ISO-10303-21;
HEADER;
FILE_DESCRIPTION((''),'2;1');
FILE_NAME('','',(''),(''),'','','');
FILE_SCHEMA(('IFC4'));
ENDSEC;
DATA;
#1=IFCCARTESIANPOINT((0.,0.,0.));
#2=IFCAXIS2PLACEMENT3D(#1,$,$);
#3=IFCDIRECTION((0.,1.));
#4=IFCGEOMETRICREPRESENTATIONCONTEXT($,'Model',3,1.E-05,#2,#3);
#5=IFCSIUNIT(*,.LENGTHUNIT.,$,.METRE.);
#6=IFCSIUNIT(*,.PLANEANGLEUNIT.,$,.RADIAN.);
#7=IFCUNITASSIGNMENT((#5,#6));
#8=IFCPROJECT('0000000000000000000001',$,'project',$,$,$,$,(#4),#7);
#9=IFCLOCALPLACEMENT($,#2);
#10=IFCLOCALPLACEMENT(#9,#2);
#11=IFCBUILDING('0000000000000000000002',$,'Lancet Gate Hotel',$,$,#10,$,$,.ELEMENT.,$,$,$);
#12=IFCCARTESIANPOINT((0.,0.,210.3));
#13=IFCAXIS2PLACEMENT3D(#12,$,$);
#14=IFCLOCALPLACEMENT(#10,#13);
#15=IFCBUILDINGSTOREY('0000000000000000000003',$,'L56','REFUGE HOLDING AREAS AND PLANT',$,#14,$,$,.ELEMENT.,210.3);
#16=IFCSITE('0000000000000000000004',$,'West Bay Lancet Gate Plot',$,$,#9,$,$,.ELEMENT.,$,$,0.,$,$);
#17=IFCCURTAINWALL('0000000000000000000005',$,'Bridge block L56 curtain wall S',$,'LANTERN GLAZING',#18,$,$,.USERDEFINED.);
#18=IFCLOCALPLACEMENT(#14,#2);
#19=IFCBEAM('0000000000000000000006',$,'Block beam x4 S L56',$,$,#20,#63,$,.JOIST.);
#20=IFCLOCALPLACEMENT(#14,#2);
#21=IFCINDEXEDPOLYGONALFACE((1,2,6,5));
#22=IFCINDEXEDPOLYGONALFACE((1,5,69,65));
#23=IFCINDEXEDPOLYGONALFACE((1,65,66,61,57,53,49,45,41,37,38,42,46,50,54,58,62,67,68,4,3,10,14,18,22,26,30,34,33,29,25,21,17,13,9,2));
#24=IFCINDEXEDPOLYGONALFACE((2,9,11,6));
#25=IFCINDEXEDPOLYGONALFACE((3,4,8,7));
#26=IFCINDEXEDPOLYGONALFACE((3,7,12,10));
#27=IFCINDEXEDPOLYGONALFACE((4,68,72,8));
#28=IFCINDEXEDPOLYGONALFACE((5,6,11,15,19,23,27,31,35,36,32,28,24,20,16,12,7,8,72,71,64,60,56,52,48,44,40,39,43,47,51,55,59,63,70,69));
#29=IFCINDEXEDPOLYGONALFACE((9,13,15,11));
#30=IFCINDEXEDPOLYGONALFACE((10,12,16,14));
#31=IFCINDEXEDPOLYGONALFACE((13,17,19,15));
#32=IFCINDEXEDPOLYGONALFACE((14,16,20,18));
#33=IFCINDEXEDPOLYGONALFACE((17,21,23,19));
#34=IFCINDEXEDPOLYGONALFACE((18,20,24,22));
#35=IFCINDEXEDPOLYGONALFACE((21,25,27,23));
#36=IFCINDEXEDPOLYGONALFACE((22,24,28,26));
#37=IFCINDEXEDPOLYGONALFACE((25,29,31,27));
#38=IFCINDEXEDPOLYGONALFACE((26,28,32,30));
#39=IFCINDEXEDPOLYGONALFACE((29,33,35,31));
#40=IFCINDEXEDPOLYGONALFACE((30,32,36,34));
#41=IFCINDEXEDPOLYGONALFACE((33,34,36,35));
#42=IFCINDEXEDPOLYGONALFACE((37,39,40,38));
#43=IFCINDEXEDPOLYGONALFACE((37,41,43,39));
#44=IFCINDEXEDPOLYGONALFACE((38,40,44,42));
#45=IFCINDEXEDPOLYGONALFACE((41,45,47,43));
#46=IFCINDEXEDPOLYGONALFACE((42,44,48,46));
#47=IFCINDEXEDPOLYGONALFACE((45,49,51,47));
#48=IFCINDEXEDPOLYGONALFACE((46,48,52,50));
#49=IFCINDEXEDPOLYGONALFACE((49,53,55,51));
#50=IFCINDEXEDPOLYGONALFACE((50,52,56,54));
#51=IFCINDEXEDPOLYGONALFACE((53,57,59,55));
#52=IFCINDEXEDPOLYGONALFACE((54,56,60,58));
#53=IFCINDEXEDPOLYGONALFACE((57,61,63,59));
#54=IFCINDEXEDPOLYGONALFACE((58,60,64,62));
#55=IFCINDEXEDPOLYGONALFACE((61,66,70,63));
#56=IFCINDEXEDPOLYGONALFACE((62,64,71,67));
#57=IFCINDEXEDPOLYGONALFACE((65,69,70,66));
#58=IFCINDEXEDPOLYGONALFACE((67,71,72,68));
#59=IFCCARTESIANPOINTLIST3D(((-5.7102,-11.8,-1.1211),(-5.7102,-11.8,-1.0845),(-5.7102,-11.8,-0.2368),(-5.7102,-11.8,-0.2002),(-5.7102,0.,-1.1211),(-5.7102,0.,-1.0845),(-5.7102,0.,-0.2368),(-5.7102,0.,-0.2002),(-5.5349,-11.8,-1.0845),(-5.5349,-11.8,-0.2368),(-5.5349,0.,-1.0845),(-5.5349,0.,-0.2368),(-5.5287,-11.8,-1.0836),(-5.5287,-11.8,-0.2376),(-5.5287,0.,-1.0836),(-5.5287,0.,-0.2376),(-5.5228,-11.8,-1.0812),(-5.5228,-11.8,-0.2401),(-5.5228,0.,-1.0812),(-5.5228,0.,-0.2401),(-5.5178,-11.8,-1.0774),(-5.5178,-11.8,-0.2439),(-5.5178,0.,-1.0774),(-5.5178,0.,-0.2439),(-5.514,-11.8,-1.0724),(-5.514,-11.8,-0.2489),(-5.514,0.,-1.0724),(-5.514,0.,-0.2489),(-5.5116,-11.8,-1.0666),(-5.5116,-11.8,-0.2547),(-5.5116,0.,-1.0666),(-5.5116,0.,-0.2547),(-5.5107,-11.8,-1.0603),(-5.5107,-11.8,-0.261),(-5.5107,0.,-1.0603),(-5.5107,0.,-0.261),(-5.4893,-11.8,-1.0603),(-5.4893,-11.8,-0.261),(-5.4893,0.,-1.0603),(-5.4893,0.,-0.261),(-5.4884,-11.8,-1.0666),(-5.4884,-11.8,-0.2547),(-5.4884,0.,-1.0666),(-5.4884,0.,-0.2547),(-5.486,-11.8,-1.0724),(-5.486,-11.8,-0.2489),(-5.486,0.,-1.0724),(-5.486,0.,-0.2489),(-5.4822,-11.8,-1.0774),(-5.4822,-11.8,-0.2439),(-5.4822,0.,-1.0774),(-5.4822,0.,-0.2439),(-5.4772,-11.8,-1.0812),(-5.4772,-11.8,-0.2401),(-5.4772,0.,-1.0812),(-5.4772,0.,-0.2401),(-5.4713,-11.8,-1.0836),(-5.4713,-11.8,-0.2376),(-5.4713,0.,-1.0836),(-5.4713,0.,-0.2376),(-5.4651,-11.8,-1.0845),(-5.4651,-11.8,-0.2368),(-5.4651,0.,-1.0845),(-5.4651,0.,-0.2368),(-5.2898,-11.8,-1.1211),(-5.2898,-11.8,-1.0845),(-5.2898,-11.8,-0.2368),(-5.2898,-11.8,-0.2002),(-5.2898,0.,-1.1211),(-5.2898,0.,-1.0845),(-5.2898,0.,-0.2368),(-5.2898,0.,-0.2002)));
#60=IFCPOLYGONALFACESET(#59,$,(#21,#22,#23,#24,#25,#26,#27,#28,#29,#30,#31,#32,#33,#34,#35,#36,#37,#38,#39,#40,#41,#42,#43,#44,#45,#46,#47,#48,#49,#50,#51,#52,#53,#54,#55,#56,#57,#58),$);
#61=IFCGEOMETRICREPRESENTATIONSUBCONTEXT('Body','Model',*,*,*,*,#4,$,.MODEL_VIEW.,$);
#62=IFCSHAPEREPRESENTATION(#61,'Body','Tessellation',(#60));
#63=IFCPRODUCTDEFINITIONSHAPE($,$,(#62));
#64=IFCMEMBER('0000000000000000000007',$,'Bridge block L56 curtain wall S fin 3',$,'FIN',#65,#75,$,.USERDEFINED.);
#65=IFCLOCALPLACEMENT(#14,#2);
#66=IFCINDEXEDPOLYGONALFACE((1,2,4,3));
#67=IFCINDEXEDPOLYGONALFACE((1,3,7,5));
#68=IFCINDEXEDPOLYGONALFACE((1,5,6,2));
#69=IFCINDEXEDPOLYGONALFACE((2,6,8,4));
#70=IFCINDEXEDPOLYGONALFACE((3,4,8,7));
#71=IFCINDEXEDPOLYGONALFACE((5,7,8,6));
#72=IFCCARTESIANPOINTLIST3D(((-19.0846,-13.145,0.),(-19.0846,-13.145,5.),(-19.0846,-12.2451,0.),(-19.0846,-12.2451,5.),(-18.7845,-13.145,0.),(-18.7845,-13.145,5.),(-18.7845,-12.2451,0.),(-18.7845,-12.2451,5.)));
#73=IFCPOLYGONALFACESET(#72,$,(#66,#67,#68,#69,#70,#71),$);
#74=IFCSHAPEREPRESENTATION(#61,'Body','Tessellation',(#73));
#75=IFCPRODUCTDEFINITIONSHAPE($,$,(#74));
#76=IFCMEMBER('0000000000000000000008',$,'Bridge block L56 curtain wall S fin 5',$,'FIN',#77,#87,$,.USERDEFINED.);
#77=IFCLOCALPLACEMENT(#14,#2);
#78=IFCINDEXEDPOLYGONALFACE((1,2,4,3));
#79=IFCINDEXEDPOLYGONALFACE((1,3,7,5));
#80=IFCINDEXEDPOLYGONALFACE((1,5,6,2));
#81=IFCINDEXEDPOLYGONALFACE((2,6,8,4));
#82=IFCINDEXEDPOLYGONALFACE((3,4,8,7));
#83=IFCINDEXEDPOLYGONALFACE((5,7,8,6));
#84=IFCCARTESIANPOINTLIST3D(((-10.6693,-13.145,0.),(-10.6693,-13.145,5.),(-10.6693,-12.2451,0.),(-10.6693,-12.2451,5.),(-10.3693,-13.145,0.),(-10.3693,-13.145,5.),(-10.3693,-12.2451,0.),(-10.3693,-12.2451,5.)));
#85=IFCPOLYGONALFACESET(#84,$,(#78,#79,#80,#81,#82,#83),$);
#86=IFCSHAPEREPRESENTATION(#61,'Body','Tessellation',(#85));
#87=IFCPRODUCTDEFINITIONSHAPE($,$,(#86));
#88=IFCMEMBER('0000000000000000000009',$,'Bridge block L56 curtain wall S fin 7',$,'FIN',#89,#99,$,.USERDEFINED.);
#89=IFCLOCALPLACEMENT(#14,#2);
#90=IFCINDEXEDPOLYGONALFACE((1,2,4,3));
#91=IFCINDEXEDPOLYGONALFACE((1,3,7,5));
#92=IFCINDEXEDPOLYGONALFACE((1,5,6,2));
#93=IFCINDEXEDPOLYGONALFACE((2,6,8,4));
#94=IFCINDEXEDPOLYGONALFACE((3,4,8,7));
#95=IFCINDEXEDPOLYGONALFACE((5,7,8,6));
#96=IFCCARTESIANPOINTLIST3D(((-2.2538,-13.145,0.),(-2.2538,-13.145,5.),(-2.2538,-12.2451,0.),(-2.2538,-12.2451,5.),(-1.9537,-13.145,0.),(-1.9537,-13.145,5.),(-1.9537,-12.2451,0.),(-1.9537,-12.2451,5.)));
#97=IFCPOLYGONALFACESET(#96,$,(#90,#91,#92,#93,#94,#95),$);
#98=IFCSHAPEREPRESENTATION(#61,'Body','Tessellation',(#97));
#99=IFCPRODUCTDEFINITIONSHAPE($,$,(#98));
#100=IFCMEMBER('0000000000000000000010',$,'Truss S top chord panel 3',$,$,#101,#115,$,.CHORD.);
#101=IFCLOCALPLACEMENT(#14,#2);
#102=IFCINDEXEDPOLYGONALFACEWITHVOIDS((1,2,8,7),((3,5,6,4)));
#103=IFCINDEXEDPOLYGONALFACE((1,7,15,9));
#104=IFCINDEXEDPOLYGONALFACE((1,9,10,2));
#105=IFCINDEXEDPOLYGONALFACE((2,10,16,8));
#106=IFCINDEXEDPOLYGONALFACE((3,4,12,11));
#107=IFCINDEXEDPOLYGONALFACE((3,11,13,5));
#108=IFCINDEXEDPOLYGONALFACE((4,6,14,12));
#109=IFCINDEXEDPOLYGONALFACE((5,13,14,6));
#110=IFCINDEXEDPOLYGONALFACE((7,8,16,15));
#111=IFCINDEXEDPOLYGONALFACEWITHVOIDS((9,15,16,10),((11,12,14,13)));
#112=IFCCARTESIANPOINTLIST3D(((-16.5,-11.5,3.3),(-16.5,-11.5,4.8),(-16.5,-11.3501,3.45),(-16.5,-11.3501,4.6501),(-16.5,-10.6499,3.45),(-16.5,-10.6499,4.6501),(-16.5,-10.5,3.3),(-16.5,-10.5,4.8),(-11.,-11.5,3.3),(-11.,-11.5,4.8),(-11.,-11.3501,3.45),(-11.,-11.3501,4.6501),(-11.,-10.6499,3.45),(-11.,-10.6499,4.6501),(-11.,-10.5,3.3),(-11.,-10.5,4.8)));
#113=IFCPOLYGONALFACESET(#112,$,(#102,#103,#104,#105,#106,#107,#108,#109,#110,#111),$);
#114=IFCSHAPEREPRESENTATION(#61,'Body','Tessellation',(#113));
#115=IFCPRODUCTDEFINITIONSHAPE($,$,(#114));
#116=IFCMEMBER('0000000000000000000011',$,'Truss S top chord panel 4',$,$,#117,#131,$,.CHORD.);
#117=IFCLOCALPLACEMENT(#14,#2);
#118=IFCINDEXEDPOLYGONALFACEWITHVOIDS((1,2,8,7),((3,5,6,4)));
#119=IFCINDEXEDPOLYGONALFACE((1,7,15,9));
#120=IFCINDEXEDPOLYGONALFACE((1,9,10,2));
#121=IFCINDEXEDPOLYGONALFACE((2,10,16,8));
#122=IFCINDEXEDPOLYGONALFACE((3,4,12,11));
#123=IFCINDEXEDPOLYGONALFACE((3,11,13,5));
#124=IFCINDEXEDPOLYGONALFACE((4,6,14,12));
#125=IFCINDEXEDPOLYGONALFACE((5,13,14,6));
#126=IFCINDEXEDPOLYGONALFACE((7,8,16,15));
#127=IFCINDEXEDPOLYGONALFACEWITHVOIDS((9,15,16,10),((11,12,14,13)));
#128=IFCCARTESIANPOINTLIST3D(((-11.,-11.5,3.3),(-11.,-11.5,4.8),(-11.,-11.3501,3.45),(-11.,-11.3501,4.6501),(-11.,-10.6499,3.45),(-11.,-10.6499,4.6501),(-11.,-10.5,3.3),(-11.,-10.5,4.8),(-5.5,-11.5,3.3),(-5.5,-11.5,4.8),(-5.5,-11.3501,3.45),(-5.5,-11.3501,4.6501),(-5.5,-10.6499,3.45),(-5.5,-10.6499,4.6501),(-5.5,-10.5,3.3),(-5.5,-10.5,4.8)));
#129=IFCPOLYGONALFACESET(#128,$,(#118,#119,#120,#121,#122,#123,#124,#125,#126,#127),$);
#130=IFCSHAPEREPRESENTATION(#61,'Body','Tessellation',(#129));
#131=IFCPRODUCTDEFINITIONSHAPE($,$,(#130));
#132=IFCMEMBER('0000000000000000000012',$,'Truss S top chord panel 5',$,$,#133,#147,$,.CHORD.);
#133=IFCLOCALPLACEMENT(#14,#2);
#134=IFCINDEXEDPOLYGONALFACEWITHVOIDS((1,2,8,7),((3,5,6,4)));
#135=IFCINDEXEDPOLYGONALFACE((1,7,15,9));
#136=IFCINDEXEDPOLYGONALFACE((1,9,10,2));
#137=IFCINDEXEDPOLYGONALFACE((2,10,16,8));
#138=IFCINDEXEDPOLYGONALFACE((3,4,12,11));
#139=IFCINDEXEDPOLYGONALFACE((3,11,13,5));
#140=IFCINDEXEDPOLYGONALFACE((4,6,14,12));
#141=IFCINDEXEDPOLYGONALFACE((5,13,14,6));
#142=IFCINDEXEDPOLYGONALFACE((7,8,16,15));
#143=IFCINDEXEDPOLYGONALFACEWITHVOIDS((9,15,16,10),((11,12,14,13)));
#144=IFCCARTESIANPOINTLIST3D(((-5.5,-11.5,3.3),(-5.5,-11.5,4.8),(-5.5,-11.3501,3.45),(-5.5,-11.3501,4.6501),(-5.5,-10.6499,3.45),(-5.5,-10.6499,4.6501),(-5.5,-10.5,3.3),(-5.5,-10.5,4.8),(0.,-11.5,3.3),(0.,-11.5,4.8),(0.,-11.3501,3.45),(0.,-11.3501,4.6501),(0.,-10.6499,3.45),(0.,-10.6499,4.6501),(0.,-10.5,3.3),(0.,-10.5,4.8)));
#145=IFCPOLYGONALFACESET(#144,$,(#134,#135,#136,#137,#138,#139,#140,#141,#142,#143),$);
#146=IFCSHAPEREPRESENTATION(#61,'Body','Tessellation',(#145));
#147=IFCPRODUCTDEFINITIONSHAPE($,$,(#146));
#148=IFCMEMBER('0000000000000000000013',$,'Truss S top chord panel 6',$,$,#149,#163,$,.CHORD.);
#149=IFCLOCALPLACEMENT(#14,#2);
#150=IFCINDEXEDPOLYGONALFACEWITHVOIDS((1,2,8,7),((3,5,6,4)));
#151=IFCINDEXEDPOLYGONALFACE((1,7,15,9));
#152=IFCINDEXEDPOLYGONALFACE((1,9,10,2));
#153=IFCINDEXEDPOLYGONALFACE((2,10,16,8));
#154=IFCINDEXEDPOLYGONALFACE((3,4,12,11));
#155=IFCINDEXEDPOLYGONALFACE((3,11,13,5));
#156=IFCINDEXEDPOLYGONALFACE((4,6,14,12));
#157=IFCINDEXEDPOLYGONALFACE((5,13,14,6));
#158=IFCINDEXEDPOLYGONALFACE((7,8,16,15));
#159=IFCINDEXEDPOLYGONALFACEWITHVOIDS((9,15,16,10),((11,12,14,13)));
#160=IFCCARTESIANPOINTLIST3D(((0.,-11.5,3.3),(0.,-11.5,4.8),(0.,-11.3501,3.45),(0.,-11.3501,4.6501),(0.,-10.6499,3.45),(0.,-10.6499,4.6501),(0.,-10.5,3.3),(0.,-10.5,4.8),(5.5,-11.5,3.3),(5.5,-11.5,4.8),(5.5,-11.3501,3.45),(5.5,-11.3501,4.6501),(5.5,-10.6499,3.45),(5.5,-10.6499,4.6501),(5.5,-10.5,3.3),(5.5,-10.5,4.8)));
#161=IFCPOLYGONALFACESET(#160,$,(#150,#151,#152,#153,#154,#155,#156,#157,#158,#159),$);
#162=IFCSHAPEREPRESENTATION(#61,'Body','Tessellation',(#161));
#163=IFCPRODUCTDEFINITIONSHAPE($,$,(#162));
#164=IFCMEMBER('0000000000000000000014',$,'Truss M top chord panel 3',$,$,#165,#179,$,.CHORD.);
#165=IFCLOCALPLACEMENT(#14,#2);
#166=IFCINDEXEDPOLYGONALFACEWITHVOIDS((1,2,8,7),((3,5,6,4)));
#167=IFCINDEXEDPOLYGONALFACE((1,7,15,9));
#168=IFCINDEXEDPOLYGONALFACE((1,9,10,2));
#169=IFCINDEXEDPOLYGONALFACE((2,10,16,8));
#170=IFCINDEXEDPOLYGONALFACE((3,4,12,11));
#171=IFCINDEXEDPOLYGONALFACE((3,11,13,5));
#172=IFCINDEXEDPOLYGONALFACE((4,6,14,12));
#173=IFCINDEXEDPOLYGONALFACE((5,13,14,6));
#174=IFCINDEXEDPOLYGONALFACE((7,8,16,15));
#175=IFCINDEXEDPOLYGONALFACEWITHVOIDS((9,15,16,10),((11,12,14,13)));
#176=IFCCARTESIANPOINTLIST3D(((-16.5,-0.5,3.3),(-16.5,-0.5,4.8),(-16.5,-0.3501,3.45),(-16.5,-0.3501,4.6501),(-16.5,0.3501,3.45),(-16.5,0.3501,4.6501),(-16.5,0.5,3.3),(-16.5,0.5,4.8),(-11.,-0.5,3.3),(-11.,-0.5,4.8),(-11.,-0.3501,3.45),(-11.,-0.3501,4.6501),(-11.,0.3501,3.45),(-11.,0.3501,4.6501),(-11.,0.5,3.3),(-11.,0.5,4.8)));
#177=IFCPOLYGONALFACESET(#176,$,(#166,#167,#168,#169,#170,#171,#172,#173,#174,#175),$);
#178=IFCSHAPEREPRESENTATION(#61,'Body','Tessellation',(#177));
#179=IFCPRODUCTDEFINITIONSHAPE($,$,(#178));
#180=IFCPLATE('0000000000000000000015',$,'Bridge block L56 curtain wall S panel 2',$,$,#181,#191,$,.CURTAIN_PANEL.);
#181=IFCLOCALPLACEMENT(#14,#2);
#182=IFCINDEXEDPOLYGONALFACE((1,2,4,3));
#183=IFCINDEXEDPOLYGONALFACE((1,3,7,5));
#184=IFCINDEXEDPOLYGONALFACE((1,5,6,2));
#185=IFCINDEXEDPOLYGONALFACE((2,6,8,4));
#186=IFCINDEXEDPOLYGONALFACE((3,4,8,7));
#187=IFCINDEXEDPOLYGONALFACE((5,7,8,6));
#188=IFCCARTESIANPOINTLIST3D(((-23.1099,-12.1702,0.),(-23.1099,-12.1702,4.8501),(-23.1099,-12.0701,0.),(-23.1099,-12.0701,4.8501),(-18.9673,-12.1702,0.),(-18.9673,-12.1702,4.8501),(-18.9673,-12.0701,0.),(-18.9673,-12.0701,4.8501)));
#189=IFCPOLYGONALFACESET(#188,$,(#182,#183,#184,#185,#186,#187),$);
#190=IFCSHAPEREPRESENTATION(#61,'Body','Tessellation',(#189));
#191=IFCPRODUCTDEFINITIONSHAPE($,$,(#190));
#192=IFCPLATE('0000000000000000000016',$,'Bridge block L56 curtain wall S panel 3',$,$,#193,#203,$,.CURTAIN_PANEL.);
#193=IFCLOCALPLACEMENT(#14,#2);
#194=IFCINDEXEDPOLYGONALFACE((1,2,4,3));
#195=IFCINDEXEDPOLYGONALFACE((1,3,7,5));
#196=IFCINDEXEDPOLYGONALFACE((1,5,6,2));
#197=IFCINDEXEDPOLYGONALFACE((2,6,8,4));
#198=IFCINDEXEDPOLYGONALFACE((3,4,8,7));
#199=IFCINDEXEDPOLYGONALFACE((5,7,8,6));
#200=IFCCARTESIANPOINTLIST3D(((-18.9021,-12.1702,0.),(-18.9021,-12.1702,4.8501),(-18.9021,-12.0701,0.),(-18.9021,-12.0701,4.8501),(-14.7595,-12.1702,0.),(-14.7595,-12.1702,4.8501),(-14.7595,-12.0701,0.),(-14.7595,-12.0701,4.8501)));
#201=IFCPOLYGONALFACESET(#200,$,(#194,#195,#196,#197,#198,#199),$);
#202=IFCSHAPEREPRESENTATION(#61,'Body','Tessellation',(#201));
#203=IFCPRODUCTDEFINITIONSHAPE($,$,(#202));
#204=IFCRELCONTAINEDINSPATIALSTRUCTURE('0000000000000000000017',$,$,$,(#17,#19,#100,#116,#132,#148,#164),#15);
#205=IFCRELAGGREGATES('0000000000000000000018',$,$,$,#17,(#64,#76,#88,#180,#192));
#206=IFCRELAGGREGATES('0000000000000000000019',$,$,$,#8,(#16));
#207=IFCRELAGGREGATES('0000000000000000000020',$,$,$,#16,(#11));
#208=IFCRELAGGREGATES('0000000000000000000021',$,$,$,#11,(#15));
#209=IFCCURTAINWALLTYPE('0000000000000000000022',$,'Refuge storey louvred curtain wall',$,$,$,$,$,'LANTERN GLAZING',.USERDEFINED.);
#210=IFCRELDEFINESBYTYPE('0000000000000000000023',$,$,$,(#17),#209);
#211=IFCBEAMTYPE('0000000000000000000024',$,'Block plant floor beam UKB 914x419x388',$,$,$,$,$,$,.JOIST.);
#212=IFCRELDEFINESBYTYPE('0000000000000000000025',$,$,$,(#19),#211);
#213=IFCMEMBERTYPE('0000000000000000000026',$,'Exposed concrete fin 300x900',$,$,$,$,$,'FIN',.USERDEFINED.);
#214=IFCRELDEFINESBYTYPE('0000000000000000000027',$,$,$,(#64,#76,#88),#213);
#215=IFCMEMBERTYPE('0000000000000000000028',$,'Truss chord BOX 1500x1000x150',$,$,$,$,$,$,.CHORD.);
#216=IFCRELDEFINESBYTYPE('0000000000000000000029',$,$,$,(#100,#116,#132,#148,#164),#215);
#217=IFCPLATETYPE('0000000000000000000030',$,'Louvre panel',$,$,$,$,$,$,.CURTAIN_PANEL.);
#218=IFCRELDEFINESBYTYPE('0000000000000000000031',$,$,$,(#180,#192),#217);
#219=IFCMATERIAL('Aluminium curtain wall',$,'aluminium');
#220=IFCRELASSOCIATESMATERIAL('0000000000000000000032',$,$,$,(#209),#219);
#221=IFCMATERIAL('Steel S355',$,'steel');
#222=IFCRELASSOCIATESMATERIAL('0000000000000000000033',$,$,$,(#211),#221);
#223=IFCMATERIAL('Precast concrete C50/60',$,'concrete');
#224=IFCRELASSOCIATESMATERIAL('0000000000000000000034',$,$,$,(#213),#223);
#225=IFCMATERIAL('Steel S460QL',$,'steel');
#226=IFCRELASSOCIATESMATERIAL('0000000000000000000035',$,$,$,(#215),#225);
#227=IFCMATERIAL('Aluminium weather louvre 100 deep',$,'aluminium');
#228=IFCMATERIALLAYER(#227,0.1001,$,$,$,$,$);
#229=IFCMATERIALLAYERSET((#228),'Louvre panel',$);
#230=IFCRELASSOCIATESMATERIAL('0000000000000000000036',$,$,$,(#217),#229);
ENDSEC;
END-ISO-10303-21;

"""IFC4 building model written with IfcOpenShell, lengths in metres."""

from ifc_helpers import new_model, si_unit, direction, frame, origin, origin_2d, place, context, subcontext, project, spatial, rectangle, hollow_rectangle, i_section, extrude, material, layer, layer_set, material_profile, profile_set, type_object, element, aggregate, save


model = new_model("IFC4")

# Units and contexts
model_context = context("Model", 3, precision=1e-05, world=origin(), true_north=direction((0.0, 1.0)))
body_context = subcontext(model_context, "Body", "Model", "MODEL_VIEW")
ifc_project = project(units=[si_unit("LENGTHUNIT", "METRE"), si_unit("PLANEANGLEUNIT", "RADIAN")], contexts=[model_context])

# Site, building, storey
site_placement = place(None, origin())
site = spatial("IfcSite", under=ifc_project, at=site_placement, Name="West Bay Lancet Gate Plot", CompositionType="ELEMENT", RefElevation=0.0)
building_placement = place(site_placement, origin())
building = spatial("IfcBuilding", under=site, at=building_placement, Name="Lancet Gate Hotel", CompositionType="ELEMENT")
storey_placement = place(building_placement, frame((0.0, 0.0, 210.3)))
storey = spatial("IfcBuildingStorey", under=building, at=storey_placement, Name="L56", Description="REFUGE HOLDING AREAS AND PLANT", CompositionType="ELEMENT", Elevation=210.3)

# Curtain wall
ifc_material_1 = material(Name="Aluminium curtain wall", Category="aluminium")
curtain_wall_type = type_object("IfcCurtainWallType", Name="Refuge storey louvred curtain wall", ElementType="LANTERN GLAZING", PredefinedType="USERDEFINED", material=ifc_material_1)
curtain_wall_placement = place(storey_placement, origin())
curtain_wall = element("IfcCurtainWall", 1, at=curtain_wall_placement, inside=storey, type_object=curtain_wall_type, Name="Bridge block L56 curtain wall S", ObjectType="LANTERN GLAZING", PredefinedType="USERDEFINED")

# Beam
ifc_material_2 = material(Name="Steel S355", Category="steel")
ifc_material_profile_1 = material_profile(ifc_material_2, i_section(OverallWidth=0.4204, OverallDepth=0.9209, WebThickness=0.0215, FlangeThickness=0.0366, FilletRadius=0.0242, at=origin_2d()), Name="UKB 914x419x388")
ifc_profile_set_1 = profile_set([ifc_material_profile_1], Name="Steel S355")
beam_type_1 = type_object("IfcBeamType", Name="Block plant floor beam UKB 914x419x388", PredefinedType="JOIST", material=ifc_profile_set_1)
for number, where, z_axis, x_axis, name in (
    (2, (-5.5, -11.8, -0.6606), (0.0, 1.0, 0.0), (-1.0, 0.0, 0.0), "Block beam x4 S L56"),
):
    element("IfcBeam", number, at=place(storey_placement, frame(where, z_axis=z_axis, x_axis=x_axis)), inside=storey, type_object=beam_type_1, Name=name, PredefinedType="JOIST", context=body_context, shape_type="SweptSolid", body=[
        extrude(i_section(OverallWidth=0.4204, OverallDepth=0.9209, WebThickness=0.0215, FlangeThickness=0.0366, FilletRadius=0.0242, at=origin_2d()), origin(), (0.0, 0.0, 1.0), 11.8),
    ])

# Members
ifc_material_3 = material(Name="Precast concrete C50/60", Category="concrete")
ifc_material_profile_2 = material_profile(ifc_material_3, rectangle(XDim=0.3, YDim=0.8999, at=origin_2d()), Name="FIN 300x900")
ifc_profile_set_2 = profile_set([ifc_material_profile_2], Name="Precast concrete C50/60")
member_type_1 = type_object("IfcMemberType", Name="Exposed concrete fin 300x900", ElementType="FIN", PredefinedType="USERDEFINED", material=ifc_profile_set_2)
member_1_placement = place(storey_placement, frame((-18.9346, -12.6951, 0.0), z_axis=(0.0, 0.0, 1.0), x_axis=(1.0, 0.0, 0.0)))
member_1 = element("IfcMember", 3, at=member_1_placement, type_object=member_type_1, Name="Bridge block L56 curtain wall S fin 3", ObjectType="FIN", PredefinedType="USERDEFINED", context=body_context, shape_type="SweptSolid", body=[
    extrude(rectangle(XDim=0.3, YDim=0.8999, at=origin_2d()), origin(), (0.0, 0.0, 1.0), 5.0),
])
member_2_placement = place(storey_placement, frame((-10.5193, -12.6951, 0.0), z_axis=(0.0, 0.0, 1.0), x_axis=(1.0, 0.0, 0.0)))
member_2 = element("IfcMember", 4, at=member_2_placement, type_object=member_type_1, Name="Bridge block L56 curtain wall S fin 5", ObjectType="FIN", PredefinedType="USERDEFINED", context=body_context, shape_type="SweptSolid", body=[
    extrude(rectangle(XDim=0.3, YDim=0.8999, at=origin_2d()), origin(), (0.0, 0.0, 1.0), 5.0),
])
member_3_placement = place(storey_placement, frame((-2.1038, -12.6951, 0.0), z_axis=(0.0, 0.0, 1.0), x_axis=(1.0, 0.0, 0.0)))
member_3 = element("IfcMember", 5, at=member_3_placement, type_object=member_type_1, Name="Bridge block L56 curtain wall S fin 7", ObjectType="FIN", PredefinedType="USERDEFINED", context=body_context, shape_type="SweptSolid", body=[
    extrude(rectangle(XDim=0.3, YDim=0.8999, at=origin_2d()), origin(), (0.0, 0.0, 1.0), 5.0),
])

# Members
ifc_material_4 = material(Name="Steel S460QL", Category="steel")
ifc_material_profile_3 = material_profile(ifc_material_4, hollow_rectangle(XDim=1.0, YDim=1.5, WallThickness=0.1499, at=origin_2d()), Name="BOX 1500x1000x150")
ifc_profile_set_3 = profile_set([ifc_material_profile_3], Name="Steel S460QL")
member_type_2 = type_object("IfcMemberType", Name="Truss chord BOX 1500x1000x150", PredefinedType="CHORD", material=ifc_profile_set_3)
for number, where, z_axis, x_axis, name in (
    (6, (-16.5, -11.0, 4.05), (1.0, 0.0, 0.0), (0.0, 1.0, 0.0), "Truss S top chord panel 3"),
    (7, (-11.0, -11.0, 4.05), (1.0, 0.0, 0.0), (0.0, 1.0, 0.0), "Truss S top chord panel 4"),
    (8, (-5.5, -11.0, 4.05), (1.0, 0.0, 0.0), (0.0, 1.0, 0.0), "Truss S top chord panel 5"),
    (9, (0.0, -11.0, 4.05), (1.0, 0.0, 0.0), (0.0, 1.0, 0.0), "Truss S top chord panel 6"),
    (10, (-16.5, 0.0, 4.05), (1.0, 0.0, 0.0), (0.0, 1.0, 0.0), "Truss M top chord panel 3"),
):
    element("IfcMember", number, at=place(storey_placement, frame(where, z_axis=z_axis, x_axis=x_axis)), inside=storey, type_object=member_type_2, Name=name, PredefinedType="CHORD", context=body_context, shape_type="SweptSolid", body=[
        extrude(hollow_rectangle(XDim=1.0, YDim=1.5, WallThickness=0.1499, at=origin_2d()), origin(), (0.0, 0.0, 1.0), 5.5),
    ])

# Plates
ifc_material_5 = material(Name="Aluminium weather louvre 100 deep", Category="aluminium")
ifc_layer = layer(ifc_material_5, 0.1001)
ifc_layer_set = layer_set([ifc_layer], Name="Louvre panel")
plate_type = type_object("IfcPlateType", Name="Louvre panel", PredefinedType="CURTAIN_PANEL", material=ifc_layer_set)
plate_1_placement = place(storey_placement, frame((-21.0386, -12.1201, 0.0), z_axis=(0.0, 0.0, 1.0), x_axis=(1.0, 0.0, 0.0)))
plate_1 = element("IfcPlate", 11, at=plate_1_placement, type_object=plate_type, Name="Bridge block L56 curtain wall S panel 2", PredefinedType="CURTAIN_PANEL", context=body_context, shape_type="SweptSolid", body=[
    extrude(rectangle(XDim=4.1426, YDim=0.1001, at=origin_2d()), origin(), (0.0, 0.0, 1.0), 4.8501),
])
plate_2_placement = place(storey_placement, frame((-16.8308, -12.1201, 0.0), z_axis=(0.0, 0.0, 1.0), x_axis=(1.0, 0.0, 0.0)))
plate_2 = element("IfcPlate", 12, at=plate_2_placement, type_object=plate_type, Name="Bridge block L56 curtain wall S panel 3", PredefinedType="CURTAIN_PANEL", context=body_context, shape_type="SweptSolid", body=[
    extrude(rectangle(XDim=4.1426, YDim=0.1001, at=origin_2d()), origin(), (0.0, 0.0, 1.0), 4.8501),
])
aggregate(curtain_wall, [member_1, member_2, member_3, plate_1, plate_2])

save(model, "model.ifc")
